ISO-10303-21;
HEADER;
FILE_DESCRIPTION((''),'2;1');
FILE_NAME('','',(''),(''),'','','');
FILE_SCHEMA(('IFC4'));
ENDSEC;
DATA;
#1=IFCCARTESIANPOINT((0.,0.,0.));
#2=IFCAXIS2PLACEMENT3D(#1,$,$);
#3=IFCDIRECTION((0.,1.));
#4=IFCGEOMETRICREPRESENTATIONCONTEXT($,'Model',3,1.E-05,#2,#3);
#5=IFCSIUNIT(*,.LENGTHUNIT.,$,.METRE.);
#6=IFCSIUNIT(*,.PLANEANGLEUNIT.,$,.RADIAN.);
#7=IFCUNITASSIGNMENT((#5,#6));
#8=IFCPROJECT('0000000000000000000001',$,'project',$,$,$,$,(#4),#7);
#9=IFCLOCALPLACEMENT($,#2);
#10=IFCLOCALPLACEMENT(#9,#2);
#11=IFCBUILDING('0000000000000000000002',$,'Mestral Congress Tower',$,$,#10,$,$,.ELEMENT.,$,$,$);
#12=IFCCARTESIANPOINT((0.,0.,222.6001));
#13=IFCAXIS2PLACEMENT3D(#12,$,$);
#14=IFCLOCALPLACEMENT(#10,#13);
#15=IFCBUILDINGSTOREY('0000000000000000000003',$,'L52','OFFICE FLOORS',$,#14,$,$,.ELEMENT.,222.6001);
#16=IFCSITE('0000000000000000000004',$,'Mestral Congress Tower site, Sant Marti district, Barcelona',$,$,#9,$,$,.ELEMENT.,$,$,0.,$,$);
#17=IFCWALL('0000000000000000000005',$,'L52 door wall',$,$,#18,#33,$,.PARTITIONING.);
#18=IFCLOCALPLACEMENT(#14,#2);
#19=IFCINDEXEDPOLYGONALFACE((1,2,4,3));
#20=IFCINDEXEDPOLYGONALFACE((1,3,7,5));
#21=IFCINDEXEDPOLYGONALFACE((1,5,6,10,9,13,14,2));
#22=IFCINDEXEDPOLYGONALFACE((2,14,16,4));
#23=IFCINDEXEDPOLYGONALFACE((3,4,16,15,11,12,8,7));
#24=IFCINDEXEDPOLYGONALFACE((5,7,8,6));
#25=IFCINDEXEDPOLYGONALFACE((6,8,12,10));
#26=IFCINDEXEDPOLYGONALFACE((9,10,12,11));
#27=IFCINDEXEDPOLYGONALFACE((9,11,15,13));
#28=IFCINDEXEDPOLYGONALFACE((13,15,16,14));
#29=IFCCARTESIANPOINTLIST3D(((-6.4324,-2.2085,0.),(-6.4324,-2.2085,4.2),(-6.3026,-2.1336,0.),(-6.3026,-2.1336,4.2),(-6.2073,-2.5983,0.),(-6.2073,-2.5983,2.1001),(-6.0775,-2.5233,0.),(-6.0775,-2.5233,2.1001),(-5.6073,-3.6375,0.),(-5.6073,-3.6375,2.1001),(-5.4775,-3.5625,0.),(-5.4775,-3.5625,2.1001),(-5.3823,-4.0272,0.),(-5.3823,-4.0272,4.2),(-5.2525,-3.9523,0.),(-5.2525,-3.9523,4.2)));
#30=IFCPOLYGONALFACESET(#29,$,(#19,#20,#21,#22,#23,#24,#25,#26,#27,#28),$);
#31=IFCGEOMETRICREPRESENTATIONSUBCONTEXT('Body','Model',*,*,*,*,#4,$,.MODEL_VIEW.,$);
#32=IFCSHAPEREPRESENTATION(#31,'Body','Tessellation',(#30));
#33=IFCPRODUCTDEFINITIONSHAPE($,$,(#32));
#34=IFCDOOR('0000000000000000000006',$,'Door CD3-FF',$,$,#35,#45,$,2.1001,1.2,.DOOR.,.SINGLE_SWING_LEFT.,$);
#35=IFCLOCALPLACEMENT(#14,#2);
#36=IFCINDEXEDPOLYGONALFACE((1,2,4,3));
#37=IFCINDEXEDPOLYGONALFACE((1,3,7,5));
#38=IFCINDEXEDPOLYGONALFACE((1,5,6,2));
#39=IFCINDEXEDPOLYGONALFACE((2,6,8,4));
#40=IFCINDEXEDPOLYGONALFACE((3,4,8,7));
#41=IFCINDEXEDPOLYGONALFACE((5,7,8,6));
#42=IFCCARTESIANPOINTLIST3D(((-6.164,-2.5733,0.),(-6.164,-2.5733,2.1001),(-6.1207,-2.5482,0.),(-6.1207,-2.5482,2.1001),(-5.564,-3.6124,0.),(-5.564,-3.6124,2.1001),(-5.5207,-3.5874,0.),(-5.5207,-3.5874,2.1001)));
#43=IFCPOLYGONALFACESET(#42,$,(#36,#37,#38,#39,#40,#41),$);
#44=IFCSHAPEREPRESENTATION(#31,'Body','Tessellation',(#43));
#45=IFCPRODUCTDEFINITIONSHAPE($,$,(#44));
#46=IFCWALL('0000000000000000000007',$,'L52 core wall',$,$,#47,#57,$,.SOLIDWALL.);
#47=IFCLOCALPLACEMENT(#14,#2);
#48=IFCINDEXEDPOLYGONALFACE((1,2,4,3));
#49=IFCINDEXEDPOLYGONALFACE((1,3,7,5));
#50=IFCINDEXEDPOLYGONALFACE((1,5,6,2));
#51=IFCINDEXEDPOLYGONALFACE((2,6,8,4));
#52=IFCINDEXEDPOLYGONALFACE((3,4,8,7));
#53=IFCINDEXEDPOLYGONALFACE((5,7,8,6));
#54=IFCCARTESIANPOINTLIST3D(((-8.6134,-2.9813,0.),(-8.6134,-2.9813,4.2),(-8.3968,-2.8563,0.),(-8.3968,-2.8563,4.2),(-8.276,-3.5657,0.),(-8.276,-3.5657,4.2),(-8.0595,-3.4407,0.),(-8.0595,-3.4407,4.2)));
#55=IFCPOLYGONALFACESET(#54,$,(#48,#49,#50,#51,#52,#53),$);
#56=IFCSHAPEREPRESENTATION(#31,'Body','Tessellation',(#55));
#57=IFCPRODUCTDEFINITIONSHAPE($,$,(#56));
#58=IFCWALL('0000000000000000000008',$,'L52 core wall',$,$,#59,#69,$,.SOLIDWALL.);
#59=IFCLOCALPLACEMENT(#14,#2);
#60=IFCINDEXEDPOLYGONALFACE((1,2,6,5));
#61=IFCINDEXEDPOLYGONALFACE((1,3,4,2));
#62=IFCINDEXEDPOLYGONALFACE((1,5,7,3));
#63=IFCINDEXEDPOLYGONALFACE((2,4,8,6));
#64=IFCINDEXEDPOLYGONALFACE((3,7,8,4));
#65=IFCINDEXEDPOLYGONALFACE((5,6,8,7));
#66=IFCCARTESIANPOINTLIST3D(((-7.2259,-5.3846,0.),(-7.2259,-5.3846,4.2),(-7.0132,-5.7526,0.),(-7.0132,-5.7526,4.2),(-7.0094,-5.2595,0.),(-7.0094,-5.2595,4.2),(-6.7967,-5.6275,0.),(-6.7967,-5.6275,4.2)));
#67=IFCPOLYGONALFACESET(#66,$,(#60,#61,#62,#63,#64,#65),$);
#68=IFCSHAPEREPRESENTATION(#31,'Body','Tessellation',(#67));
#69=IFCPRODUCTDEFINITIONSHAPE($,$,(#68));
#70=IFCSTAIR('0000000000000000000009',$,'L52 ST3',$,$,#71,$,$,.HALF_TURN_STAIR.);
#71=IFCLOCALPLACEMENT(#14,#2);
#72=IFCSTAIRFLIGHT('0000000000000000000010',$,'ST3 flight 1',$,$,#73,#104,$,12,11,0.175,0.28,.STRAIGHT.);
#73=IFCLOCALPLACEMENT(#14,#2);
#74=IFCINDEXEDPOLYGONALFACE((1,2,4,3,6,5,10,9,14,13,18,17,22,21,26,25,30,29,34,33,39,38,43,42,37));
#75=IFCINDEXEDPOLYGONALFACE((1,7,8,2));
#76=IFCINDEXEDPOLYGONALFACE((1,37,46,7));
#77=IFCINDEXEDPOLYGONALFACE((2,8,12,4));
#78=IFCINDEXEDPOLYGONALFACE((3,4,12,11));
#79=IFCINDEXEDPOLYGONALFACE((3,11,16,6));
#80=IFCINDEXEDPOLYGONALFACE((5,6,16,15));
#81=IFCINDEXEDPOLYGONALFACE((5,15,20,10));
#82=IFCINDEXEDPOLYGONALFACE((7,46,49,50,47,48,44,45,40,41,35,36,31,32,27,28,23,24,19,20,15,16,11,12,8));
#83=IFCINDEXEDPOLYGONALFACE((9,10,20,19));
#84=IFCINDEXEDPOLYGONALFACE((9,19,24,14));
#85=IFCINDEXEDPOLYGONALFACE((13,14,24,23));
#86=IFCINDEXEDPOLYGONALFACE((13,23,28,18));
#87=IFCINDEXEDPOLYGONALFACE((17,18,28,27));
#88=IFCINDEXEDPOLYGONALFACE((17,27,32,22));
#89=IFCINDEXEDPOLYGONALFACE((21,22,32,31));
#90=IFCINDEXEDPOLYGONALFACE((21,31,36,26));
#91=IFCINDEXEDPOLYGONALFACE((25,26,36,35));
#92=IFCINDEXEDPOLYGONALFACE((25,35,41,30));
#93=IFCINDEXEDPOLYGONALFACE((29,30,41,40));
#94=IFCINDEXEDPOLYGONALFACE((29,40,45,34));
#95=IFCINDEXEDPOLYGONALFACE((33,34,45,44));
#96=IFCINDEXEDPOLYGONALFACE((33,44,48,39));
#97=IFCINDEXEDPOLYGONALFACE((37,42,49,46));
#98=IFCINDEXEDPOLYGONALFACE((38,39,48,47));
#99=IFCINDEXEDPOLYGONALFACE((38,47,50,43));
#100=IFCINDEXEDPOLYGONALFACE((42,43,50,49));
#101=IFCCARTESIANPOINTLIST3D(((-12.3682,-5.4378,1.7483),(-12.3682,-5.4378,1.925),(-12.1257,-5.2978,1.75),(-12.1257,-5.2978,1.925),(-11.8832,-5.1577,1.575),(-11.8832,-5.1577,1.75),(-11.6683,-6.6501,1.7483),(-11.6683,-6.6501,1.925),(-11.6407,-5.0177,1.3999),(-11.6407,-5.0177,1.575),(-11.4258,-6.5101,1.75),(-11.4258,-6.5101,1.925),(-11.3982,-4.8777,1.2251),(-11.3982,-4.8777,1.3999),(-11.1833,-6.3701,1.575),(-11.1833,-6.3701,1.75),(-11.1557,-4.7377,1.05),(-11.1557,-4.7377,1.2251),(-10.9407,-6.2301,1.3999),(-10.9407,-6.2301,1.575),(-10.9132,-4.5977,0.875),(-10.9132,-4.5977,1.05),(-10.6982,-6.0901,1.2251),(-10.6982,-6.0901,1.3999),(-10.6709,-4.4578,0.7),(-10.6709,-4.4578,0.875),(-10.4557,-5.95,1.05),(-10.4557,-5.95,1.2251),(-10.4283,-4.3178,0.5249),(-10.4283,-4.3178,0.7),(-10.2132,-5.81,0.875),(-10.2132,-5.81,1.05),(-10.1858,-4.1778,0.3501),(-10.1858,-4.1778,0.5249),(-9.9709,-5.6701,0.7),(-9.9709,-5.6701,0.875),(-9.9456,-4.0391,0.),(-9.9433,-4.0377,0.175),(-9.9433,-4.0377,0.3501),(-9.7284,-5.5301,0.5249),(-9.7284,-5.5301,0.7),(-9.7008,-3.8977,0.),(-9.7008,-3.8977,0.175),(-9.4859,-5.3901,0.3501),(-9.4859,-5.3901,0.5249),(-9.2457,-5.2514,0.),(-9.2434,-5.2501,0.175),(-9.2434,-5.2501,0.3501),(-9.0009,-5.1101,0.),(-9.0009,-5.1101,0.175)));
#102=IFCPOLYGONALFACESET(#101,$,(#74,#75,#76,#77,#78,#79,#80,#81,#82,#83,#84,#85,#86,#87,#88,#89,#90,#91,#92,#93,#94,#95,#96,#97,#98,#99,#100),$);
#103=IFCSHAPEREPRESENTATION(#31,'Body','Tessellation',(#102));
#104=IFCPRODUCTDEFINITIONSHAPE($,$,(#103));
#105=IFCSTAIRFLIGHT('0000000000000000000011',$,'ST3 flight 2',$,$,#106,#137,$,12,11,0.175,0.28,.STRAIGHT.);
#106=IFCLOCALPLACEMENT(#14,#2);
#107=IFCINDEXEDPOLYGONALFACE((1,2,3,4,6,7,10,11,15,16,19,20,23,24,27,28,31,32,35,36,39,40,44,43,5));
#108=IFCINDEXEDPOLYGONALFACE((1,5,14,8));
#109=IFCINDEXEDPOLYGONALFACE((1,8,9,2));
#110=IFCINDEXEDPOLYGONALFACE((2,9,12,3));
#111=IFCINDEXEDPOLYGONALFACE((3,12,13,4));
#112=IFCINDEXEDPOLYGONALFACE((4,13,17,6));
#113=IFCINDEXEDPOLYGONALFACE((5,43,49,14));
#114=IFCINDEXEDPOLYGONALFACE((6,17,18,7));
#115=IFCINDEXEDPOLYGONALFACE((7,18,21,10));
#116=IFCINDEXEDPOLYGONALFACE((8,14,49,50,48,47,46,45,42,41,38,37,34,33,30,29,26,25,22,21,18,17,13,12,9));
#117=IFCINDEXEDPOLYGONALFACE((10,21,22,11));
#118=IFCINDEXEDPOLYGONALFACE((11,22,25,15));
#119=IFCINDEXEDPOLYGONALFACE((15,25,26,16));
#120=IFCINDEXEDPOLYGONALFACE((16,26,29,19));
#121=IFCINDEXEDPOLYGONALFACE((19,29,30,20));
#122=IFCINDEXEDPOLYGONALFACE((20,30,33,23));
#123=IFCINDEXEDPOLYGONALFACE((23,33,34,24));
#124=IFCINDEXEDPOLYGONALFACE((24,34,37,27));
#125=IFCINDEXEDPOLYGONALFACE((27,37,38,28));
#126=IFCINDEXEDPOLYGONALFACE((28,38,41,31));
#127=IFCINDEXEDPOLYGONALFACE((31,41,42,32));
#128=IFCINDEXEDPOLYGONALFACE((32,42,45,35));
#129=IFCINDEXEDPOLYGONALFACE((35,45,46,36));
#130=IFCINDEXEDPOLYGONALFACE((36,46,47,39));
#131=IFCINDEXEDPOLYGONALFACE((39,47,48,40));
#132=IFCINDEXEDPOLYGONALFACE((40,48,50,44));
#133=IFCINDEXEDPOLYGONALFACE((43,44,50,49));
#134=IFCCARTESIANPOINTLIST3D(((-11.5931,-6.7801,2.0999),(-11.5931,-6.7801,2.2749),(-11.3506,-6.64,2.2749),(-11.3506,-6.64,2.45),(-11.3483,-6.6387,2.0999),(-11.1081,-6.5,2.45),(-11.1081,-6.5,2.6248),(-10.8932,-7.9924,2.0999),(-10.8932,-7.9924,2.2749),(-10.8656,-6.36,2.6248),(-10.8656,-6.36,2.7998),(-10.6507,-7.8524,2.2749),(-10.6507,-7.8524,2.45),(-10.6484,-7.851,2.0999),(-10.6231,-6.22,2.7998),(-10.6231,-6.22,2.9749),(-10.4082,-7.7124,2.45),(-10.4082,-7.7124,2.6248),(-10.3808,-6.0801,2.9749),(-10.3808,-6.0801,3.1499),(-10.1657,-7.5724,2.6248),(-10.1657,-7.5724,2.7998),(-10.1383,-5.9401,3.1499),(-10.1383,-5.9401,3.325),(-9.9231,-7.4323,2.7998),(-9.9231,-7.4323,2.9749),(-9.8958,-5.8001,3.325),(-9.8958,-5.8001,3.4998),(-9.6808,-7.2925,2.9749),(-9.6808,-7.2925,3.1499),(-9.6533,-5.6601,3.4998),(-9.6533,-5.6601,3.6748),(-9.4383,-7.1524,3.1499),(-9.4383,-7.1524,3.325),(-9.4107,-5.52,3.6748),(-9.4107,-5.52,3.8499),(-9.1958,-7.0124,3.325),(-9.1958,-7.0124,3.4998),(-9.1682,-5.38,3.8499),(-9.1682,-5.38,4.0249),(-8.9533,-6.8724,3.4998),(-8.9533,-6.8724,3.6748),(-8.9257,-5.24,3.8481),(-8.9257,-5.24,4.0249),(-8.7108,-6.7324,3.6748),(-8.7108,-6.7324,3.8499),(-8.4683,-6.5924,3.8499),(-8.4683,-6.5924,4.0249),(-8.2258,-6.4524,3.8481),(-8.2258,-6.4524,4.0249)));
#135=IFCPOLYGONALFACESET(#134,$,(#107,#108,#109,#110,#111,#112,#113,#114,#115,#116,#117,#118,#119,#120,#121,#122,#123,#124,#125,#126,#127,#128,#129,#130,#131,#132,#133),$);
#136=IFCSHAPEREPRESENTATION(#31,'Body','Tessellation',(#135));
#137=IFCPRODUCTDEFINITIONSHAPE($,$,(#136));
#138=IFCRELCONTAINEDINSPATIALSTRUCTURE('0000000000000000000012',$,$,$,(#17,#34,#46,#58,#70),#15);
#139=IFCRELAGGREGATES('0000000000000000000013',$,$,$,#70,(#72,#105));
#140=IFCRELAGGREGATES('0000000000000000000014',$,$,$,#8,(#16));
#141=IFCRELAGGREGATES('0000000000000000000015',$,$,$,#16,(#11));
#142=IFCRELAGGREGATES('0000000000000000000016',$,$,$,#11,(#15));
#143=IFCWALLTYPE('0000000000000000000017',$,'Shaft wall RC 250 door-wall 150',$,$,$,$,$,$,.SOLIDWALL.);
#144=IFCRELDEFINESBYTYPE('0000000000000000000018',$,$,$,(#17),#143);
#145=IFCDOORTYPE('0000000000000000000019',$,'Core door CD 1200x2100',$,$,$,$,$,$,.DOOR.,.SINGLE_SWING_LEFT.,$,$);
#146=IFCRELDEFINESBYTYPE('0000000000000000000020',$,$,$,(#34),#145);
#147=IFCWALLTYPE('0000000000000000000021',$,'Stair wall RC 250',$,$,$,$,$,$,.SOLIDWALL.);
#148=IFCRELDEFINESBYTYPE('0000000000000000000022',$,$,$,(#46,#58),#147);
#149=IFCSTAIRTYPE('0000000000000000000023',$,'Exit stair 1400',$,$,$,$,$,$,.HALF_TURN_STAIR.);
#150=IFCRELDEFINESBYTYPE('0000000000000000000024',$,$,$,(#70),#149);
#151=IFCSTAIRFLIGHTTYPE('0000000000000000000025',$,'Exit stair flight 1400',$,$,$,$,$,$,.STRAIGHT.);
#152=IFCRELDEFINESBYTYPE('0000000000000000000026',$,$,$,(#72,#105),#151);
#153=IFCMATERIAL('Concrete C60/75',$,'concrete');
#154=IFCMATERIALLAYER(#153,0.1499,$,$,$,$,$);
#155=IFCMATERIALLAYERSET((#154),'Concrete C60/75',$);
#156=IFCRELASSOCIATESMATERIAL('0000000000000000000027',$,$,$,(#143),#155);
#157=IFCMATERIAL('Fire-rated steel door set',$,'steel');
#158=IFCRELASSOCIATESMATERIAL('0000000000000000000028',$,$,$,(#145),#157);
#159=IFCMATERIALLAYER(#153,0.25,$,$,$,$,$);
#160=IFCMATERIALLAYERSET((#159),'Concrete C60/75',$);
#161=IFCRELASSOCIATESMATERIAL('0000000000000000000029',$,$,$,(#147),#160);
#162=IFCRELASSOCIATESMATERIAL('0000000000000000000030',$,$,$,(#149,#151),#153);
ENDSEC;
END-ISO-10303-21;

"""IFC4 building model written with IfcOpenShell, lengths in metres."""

from ifc_helpers import new_model, si_unit, direction, frame, frame_2d, origin, place, context, subcontext, project, spatial, polyline, rectangle, outline, extrude, material, layer, layer_set, type_object, element, fill, aggregate, save


model = new_model("IFC4")

# Units and contexts
model_context = context("Model", 3, precision=1e-05, world=origin(), true_north=direction((0.0, 1.0)))
body_context = subcontext(model_context, "Body", "Model", "MODEL_VIEW")
ifc_project = project(units=[si_unit("LENGTHUNIT", "METRE"), si_unit("PLANEANGLEUNIT", "RADIAN")], contexts=[model_context])

# Site, building, storey
site_placement = place(None, origin())
site = spatial("IfcSite", under=ifc_project, at=site_placement, Name="Mestral Congress Tower site, Sant Marti district, Barcelona", CompositionType="ELEMENT", RefElevation=0.0)
building_placement = place(site_placement, origin())
building = spatial("IfcBuilding", under=site, at=building_placement, Name="Mestral Congress Tower", CompositionType="ELEMENT")
storey_placement = place(building_placement, frame((0.0, 0.0, 222.6001)))
storey = spatial("IfcBuildingStorey", under=building, at=storey_placement, Name="L52", Description="OFFICE FLOORS", CompositionType="ELEMENT", Elevation=222.6001)

# Shared definitions
ifc_material_1 = material(Name="Concrete C60/75", Category="concrete")

# Shared definitions
ifc_material_2 = material(Name="Fire-rated steel door set", Category="steel")

# Shared definitions
ifc_layer_1 = layer(ifc_material_1, 0.1499)
ifc_layer_set_1 = layer_set([ifc_layer_1], Name="Concrete C60/75")
wall_type_1 = type_object("IfcWallType", Name="Shaft wall RC 250 door-wall 150", PredefinedType="SOLIDWALL", material=ifc_layer_set_1)

# Wall, opening, door
wall_1_placement = place(storey_placement, frame((-5.3174, -3.9897, 0.0), z_axis=(0.0, 0.0, 1.0), x_axis=(-0.500028, 0.866009, 0.0)))
wall_1 = element("IfcWall", 1, at=wall_1_placement, inside=storey, type_object=wall_type_1, Name="L52 door wall", PredefinedType="PARTITIONING", context=body_context, shape_type="SweptSolid", body=[
    extrude(rectangle(XDim=2.1001, YDim=0.1499, at=frame_2d((1.05, 0.0))), origin(), (0.0, 0.0, 1.0), 4.2),
])
opening_1_placement = place(wall_1_placement, frame((0.45, 0.0, 0.0)))
opening_1 = element("IfcOpeningElement", 2, at=opening_1_placement, cuts=wall_1, PredefinedType="OPENING", context=body_context, shape_type="SweptSolid", body=[
    extrude(rectangle(XDim=1.2, YDim=2.1001, at=frame_2d((0.6001, 1.05))), frame((0.0, 0.085, 0.0), z_axis=(0.0, -1.0, 0.0), x_axis=(1.0, 0.0, 0.0)), (0.0, 0.0, 1.0), 0.1699),
])
door_type_1 = type_object("IfcDoorType", Name="Core door CD 1200x2100", OperationType="SINGLE_SWING_LEFT", PredefinedType="DOOR", material=ifc_material_2)
door_1_placement = place(opening_1_placement, origin())
door_1 = element("IfcDoor", 3, at=door_1_placement, inside=storey, type_object=door_type_1, Name="Door CD3-FF", OperationType="SINGLE_SWING_LEFT", OverallHeight=2.1001, OverallWidth=1.2, PredefinedType="DOOR", context=body_context, shape_type="SweptSolid", body=[
    extrude(rectangle(XDim=1.2, YDim=2.1001, at=frame_2d((0.6001, 1.05))), frame((0.0, 0.0249, 0.0), z_axis=(0.0, -1.0, 0.0), x_axis=(1.0, 0.0, 0.0)), (0.0, 0.0, 1.0), 0.05),
])
fill(opening_1, door_1)

# Walls
ifc_layer_2 = layer(ifc_material_1, 0.25)
ifc_layer_set_2 = layer_set([ifc_layer_2], Name="Concrete C60/75")
wall_type_2 = type_object("IfcWallType", Name="Stair wall RC 250", PredefinedType="SOLIDWALL", material=ifc_layer_set_2)
wall_2_placement = place(storey_placement, frame((-8.1677, -3.5032, 0.0), z_axis=(0.0, 0.0, 1.0), x_axis=(-0.499952, 0.866053, 0.0)))
element("IfcWall", 4, at=wall_2_placement, inside=storey, type_object=wall_type_2, Name="L52 core wall", PredefinedType="SOLIDWALL", context=body_context, shape_type="SweptSolid", body=[
    extrude(rectangle(XDim=0.6748, YDim=0.25, at=frame_2d((0.3374, 0.0))), origin(), (0.0, 0.0, 1.0), 4.2),
])
wall_3_placement = place(storey_placement, frame((-6.905, -5.6899, 0.0), z_axis=(0.0, 0.0, 1.0), x_axis=(-0.500402, 0.865793, 0.0)))
element("IfcWall", 5, at=wall_3_placement, inside=storey, type_object=wall_type_2, Name="L52 core wall", PredefinedType="SOLIDWALL", context=body_context, shape_type="SweptSolid", body=[
    extrude(rectangle(XDim=0.425, YDim=0.25, at=frame_2d((0.2124, 0.0))), origin(), (0.0, 0.0, 1.0), 4.2),
])

# Stair, stair flights
stair_type = type_object("IfcStairType", Name="Exit stair 1400", PredefinedType="HALF_TURN_STAIR", material=ifc_material_1)
stair_placement = place(storey_placement, origin())
stair = element("IfcStair", 6, at=stair_placement, inside=storey, type_object=stair_type, Name="L52 ST3", PredefinedType="HALF_TURN_STAIR")
stair_flight_type = type_object("IfcStairFlightType", Name="Exit stair flight 1400", PredefinedType="STRAIGHT", material=ifc_material_1)
stair_flight_1_placement = place(storey_placement, frame((-9.3508, -4.5039, 0.0), z_axis=(0.0, 0.0, 1.0), x_axis=(-0.866025, -0.5, 0.0)))
stair_flight_1 = element("IfcStairFlight", 7, at=stair_flight_1_placement, type_object=stair_flight_type, Name="ST3 flight 1", NumberOfRisers=12, NumberOfTreads=11, PredefinedType="STRAIGHT", RiserHeight=0.175, TreadLength=0.28, context=body_context, shape_type="SweptSolid", body=[
    extrude(outline(polyline([(0.0, 0.0), (0.0, 0.175), (0.28, 0.175), (0.28, 0.3501), (0.5601, 0.3501), (0.5601, 0.5249), (0.8401, 0.5249), (0.8401, 0.7), (1.1201, 0.7), (1.1201, 0.875), (1.3999, 0.875), (1.3999, 1.05), (1.6799, 1.05), (1.6799, 1.2251), (1.96, 1.2251), (1.96, 1.3999), (2.24, 1.3999), (2.24, 1.575), (2.52, 1.575), (2.52, 1.75), (2.8, 1.75), (2.8, 1.925), (3.0801, 1.925), (3.0801, 2.1001), (3.0801, 1.7483), (0.2827, 0.0), (0.0, 0.0)])), frame((0.0, 0.7, 0.0), z_axis=(0.0, -1.0, 0.0), x_axis=(1.0, 0.0, 0.0)), (0.0, 0.0, 1.0), 1.3999),
])
stair_flight_2_placement = place(storey_placement, frame((-11.2432, -7.3862, 2.0999), z_axis=(0.0, 0.0, 1.0), x_axis=(0.866025, 0.5, 0.0)))
stair_flight_2 = element("IfcStairFlight", 8, at=stair_flight_2_placement, type_object=stair_flight_type, Name="ST3 flight 2", NumberOfRisers=12, NumberOfTreads=11, PredefinedType="STRAIGHT", RiserHeight=0.175, TreadLength=0.28, context=body_context, shape_type="SweptSolid", body=[
    extrude(outline(polyline([(0.0, 0.0), (0.0, 0.175), (0.28, 0.175), (0.28, 0.3501), (0.5601, 0.3501), (0.5601, 0.5249), (0.8401, 0.5249), (0.8401, 0.7), (1.1201, 0.7), (1.1201, 0.875), (1.3999, 0.875), (1.3999, 1.05), (1.6799, 1.05), (1.6799, 1.2251), (1.96, 1.2251), (1.96, 1.3999), (2.24, 1.3999), (2.24, 1.575), (2.52, 1.575), (2.52, 1.75), (2.8, 1.75), (2.8, 1.925), (3.0801, 1.925), (3.0801, 2.1001), (3.0801, 1.7483), (0.2827, 0.0), (0.0, 0.0)])), frame((0.0, 0.7, 0.0), z_axis=(0.0, -1.0, 0.0), x_axis=(1.0, 0.0, 0.0)), (0.0, 0.0, 1.0), 1.3999),
])
aggregate(stair, [stair_flight_1, stair_flight_2])

save(model, "model.ifc")
